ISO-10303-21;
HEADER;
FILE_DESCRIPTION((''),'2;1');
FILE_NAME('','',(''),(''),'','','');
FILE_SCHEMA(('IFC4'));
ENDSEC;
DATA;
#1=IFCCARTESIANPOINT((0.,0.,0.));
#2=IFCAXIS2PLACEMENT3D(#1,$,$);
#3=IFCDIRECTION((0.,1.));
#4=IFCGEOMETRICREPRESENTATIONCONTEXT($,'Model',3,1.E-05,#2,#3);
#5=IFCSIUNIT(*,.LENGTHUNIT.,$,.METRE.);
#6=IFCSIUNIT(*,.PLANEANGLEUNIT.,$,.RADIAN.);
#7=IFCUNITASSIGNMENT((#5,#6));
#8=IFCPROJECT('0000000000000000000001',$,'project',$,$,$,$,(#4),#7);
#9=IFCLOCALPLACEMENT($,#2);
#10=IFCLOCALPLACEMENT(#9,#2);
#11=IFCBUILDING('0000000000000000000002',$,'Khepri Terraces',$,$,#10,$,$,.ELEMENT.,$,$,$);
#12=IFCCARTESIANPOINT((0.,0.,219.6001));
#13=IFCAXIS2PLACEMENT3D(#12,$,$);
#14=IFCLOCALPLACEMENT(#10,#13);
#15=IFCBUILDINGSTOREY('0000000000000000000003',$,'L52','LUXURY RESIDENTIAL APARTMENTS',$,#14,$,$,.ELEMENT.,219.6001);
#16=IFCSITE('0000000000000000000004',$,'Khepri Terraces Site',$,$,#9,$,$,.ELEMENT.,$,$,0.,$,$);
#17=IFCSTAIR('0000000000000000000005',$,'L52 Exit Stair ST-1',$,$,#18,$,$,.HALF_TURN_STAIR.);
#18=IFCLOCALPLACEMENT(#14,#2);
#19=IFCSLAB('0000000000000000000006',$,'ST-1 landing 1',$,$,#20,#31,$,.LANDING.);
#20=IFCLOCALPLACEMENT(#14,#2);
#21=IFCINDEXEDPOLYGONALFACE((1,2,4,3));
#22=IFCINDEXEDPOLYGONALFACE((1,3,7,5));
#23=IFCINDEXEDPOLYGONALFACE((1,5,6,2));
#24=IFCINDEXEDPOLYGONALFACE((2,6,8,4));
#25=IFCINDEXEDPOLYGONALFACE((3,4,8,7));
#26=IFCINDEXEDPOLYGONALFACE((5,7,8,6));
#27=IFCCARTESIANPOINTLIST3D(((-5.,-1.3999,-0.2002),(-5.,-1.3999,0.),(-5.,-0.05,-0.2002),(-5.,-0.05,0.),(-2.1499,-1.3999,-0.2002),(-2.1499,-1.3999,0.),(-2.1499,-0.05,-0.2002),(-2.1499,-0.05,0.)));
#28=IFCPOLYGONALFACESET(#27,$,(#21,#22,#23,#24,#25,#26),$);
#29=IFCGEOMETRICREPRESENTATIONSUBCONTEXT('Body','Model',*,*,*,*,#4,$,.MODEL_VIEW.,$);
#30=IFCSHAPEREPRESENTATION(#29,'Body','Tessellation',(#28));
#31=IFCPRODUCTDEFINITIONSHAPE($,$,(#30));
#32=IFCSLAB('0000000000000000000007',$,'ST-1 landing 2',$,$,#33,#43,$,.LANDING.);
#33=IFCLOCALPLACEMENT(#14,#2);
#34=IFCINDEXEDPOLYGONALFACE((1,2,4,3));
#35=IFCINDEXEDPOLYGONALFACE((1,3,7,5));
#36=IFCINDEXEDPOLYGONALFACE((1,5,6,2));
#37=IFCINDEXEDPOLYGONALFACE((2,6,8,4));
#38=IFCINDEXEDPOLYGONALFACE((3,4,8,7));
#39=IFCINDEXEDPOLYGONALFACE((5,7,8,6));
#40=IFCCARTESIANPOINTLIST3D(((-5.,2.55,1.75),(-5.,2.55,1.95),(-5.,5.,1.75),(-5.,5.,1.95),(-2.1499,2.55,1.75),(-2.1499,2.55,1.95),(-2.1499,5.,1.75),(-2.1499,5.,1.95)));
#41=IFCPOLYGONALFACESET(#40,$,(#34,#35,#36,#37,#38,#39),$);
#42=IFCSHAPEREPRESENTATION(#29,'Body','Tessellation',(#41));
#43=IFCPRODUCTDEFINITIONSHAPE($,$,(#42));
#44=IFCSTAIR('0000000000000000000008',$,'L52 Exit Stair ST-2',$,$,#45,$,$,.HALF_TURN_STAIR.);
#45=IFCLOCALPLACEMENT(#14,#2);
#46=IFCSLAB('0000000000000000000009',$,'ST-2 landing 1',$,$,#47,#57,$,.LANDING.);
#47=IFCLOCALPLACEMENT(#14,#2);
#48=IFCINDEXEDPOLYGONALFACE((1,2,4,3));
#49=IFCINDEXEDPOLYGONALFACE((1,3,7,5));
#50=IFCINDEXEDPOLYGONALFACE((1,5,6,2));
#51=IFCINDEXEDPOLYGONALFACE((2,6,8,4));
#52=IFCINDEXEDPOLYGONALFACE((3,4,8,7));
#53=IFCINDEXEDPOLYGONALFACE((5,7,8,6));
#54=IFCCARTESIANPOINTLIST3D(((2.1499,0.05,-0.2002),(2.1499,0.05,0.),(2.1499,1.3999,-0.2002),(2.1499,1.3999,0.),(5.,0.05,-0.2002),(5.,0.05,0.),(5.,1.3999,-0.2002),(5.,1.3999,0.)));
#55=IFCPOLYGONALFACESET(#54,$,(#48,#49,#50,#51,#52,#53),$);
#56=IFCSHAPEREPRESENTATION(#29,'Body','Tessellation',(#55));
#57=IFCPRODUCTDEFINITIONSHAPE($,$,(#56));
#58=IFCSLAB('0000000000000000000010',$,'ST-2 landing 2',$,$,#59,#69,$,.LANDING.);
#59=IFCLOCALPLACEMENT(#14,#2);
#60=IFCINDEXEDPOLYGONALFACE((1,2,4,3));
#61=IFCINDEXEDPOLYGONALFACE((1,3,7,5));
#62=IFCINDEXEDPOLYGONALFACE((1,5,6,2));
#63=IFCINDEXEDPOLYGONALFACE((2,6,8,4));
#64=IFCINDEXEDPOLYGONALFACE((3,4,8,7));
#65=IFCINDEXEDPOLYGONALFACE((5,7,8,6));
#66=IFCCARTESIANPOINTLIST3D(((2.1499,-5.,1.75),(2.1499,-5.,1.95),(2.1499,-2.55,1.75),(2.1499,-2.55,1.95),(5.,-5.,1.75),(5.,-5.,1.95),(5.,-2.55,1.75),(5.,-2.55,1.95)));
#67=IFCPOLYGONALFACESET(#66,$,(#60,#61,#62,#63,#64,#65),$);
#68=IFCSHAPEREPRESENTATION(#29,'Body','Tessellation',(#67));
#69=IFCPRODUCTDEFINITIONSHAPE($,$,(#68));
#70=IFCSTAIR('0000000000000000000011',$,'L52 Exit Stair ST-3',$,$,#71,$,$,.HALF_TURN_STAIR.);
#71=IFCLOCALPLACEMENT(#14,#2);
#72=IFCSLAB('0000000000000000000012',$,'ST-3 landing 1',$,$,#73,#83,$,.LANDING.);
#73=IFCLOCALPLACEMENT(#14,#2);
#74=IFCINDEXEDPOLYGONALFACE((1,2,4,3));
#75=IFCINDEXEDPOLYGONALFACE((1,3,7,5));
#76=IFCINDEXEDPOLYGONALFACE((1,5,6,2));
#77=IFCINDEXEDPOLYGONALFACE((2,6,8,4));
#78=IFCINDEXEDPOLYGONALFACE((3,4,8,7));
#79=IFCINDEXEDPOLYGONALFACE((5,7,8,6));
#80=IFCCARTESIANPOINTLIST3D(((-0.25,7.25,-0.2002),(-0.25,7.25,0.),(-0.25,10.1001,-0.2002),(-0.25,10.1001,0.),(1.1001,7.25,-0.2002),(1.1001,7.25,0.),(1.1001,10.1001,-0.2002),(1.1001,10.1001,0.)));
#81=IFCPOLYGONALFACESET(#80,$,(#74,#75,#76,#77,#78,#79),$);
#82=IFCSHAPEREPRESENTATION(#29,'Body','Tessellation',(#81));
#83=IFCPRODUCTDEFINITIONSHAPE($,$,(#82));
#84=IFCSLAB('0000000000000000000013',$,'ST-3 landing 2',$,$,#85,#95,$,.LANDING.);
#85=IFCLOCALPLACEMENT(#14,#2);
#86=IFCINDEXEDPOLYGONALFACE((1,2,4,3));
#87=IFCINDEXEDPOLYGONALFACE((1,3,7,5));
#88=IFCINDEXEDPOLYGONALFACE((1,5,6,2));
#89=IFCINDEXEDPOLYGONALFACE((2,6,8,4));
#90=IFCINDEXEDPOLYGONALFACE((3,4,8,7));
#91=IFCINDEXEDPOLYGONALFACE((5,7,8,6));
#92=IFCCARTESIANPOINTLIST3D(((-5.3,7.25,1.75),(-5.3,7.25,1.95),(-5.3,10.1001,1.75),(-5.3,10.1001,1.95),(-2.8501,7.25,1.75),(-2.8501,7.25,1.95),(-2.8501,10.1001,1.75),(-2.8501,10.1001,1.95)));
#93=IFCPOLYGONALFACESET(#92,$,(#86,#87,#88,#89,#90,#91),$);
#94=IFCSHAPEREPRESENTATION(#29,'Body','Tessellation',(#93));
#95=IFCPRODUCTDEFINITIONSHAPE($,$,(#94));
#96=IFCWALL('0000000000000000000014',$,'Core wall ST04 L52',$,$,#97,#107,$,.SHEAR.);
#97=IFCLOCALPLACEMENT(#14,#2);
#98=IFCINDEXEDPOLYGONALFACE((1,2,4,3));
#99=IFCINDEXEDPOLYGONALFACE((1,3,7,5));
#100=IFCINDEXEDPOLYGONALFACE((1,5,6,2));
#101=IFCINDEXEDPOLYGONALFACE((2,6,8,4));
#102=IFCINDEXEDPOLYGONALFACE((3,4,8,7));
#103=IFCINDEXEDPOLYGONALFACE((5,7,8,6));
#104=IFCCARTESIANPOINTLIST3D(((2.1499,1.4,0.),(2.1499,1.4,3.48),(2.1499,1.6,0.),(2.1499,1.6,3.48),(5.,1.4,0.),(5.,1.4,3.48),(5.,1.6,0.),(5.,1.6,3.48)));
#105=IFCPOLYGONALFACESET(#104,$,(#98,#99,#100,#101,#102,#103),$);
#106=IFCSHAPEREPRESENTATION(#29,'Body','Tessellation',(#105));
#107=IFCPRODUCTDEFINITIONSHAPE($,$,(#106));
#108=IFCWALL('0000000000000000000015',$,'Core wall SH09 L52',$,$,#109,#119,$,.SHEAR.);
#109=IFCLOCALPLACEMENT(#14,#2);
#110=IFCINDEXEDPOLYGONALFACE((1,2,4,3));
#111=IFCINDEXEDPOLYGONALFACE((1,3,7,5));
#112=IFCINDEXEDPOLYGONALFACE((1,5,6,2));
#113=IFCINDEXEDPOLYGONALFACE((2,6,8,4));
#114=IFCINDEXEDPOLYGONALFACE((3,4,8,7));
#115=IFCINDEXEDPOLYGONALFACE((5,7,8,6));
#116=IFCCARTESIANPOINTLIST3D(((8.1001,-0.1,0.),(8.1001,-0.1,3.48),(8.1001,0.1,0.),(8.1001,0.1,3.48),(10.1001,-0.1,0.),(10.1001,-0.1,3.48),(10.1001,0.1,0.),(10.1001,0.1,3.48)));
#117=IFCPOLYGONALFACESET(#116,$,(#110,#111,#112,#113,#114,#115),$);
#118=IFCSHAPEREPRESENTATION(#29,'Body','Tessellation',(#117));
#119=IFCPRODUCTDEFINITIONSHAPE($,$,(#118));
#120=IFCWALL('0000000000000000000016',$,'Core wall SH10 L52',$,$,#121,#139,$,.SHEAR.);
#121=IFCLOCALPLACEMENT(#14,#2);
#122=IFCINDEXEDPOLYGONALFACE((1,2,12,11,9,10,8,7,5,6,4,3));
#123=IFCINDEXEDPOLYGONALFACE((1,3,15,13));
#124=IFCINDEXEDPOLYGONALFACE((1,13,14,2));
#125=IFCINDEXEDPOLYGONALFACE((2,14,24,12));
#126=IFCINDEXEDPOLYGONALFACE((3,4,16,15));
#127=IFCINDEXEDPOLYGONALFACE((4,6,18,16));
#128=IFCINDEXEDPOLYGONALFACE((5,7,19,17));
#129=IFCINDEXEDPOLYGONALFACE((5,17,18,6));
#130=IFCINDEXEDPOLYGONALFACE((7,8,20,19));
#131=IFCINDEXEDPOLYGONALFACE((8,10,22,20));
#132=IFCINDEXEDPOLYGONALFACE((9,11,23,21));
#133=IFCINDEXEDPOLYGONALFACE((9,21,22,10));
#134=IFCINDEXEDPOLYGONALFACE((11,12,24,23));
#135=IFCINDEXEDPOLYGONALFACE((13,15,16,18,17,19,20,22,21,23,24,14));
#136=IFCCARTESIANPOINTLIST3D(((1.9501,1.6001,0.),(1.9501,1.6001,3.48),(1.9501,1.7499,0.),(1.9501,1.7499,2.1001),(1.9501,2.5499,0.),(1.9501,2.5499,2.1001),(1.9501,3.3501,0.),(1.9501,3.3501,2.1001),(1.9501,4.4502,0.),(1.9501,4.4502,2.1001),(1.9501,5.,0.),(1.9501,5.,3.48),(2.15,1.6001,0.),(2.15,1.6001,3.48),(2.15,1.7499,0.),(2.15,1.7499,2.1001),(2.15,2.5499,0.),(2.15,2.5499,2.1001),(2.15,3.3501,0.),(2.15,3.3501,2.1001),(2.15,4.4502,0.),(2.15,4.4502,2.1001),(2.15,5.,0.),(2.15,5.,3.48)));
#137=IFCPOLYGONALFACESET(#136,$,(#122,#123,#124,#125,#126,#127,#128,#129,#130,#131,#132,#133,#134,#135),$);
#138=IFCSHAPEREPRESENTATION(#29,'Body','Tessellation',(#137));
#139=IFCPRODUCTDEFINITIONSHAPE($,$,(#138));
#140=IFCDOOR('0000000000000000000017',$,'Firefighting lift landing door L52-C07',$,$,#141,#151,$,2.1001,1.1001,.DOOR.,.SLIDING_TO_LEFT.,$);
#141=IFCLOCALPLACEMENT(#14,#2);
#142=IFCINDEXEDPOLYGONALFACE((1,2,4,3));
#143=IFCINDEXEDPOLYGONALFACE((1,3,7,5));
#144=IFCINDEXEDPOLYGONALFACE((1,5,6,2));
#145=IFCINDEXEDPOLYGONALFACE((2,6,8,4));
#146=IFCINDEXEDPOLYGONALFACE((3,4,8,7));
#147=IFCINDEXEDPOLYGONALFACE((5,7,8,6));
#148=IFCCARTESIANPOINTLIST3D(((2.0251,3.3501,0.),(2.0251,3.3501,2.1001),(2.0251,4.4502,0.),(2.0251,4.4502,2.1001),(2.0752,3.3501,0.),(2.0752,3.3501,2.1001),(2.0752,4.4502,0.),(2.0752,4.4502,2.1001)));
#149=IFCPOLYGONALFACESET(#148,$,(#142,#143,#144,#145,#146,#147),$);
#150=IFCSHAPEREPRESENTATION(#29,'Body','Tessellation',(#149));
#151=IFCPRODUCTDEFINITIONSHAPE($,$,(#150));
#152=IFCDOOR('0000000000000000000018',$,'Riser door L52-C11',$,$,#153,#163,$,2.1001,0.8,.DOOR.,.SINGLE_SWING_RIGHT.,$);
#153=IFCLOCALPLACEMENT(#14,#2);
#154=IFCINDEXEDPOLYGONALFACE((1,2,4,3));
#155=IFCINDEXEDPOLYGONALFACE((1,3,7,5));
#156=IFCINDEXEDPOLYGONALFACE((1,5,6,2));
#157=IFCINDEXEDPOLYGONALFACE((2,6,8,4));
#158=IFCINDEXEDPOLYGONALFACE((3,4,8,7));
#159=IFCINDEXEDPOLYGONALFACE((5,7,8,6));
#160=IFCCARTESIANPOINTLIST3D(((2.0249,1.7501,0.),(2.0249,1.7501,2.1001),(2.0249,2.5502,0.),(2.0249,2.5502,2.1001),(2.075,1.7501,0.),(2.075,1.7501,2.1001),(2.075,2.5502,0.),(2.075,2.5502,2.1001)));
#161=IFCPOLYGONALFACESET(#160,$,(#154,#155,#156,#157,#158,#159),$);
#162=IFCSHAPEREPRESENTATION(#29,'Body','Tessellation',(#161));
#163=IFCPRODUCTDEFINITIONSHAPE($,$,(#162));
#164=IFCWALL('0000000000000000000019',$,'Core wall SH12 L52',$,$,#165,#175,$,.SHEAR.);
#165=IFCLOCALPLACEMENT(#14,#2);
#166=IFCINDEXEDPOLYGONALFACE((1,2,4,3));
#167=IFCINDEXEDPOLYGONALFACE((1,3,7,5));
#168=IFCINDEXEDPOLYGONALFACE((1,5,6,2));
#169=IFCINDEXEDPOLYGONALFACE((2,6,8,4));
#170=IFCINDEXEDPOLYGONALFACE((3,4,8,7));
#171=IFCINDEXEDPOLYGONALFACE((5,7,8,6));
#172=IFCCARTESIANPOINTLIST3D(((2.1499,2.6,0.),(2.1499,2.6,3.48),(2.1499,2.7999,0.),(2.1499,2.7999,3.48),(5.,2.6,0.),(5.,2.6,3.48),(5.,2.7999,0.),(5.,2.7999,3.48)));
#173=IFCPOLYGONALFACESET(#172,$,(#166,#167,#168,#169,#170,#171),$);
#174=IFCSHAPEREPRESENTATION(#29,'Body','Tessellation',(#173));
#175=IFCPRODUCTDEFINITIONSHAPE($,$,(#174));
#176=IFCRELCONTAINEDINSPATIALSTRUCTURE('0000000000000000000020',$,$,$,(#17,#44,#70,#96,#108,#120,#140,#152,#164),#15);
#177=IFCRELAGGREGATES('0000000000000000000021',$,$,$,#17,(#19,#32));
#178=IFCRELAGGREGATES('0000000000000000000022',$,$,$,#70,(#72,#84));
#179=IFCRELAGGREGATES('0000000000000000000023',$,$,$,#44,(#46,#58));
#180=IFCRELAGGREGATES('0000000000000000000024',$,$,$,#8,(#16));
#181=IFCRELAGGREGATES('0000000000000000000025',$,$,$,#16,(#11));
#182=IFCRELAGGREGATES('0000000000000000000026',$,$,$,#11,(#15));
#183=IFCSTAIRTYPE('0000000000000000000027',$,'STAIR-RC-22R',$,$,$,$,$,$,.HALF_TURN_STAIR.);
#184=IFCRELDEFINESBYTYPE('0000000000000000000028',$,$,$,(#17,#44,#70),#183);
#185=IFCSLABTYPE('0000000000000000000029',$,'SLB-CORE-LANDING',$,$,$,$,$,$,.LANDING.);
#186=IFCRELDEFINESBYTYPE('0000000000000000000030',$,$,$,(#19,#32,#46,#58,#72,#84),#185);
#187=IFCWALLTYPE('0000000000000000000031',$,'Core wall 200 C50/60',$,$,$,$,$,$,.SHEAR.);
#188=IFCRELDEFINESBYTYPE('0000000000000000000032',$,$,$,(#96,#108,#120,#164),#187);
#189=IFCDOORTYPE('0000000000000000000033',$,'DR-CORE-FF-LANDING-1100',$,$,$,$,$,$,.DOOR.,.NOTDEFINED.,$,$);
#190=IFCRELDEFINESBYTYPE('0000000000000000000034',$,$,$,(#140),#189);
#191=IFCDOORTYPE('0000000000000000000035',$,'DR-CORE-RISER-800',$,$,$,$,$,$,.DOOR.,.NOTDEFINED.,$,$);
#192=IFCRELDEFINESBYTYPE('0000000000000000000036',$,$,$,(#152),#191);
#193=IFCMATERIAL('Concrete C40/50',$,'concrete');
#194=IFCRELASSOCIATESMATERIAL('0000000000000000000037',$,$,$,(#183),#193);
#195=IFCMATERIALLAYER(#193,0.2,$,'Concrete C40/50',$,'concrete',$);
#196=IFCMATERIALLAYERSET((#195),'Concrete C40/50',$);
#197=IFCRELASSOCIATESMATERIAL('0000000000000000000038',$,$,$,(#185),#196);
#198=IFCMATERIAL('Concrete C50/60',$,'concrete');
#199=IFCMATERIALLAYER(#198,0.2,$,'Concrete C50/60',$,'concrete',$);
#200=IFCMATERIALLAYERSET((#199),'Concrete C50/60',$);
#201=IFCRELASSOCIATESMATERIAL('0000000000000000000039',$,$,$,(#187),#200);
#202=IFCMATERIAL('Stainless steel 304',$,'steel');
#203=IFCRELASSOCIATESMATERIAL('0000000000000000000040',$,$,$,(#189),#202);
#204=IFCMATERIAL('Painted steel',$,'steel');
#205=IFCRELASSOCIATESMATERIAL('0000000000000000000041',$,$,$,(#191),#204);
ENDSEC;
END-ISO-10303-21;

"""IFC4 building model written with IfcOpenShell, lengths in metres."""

from ifc_helpers import new_model, si_unit, direction, frame, frame_2d, origin, place, context, subcontext, project, spatial, polyline, rectangle, outline, extrude, material, layer, layer_set, type_object, element, fill, aggregate, save


model = new_model("IFC4")

# Units and contexts
model_context = context("Model", 3, precision=1e-05, world=origin(), true_north=direction((0.0, 1.0)))
body_context = subcontext(model_context, "Body", "Model", "MODEL_VIEW")
ifc_project = project(units=[si_unit("LENGTHUNIT", "METRE"), si_unit("PLANEANGLEUNIT", "RADIAN")], contexts=[model_context])

# Site, building, storey
site_placement = place(None, origin())
site = spatial("IfcSite", under=ifc_project, at=site_placement, Name="Khepri Terraces Site", CompositionType="ELEMENT", RefElevation=0.0)
building_placement = place(site_placement, origin())
building = spatial("IfcBuilding", under=site, at=building_placement, Name="Khepri Terraces", CompositionType="ELEMENT")
storey_placement = place(building_placement, frame((0.0, 0.0, 219.6001)))
storey = spatial("IfcBuildingStorey", under=building, at=storey_placement, Name="L52", Description="LUXURY RESIDENTIAL APARTMENTS", CompositionType="ELEMENT", Elevation=219.6001)

# Stairs, slabs
ifc_material_1 = material(Name="Concrete C40/50", Category="concrete")
stair_type = type_object("IfcStairType", Name="STAIR-RC-22R", PredefinedType="HALF_TURN_STAIR", material=ifc_material_1)
stair_1_placement = place(storey_placement, origin())
stair_1 = element("IfcStair", 1, at=stair_1_placement, inside=storey, type_object=stair_type, Name="L52 Exit Stair ST-1", PredefinedType="HALF_TURN_STAIR")
ifc_layer_1 = layer(ifc_material_1, 0.2, Name="Concrete C40/50", Category="concrete")
ifc_layer_set_1 = layer_set([ifc_layer_1], Name="Concrete C40/50")
slab_type = type_object("IfcSlabType", Name="SLB-CORE-LANDING", PredefinedType="LANDING", material=ifc_layer_set_1)
slab_1_placement = place(storey_placement, frame((0.0, 0.0, -0.2002)))
slab_1 = element("IfcSlab", 2, at=slab_1_placement, type_object=slab_type, Name="ST-1 landing 1", PredefinedType="LANDING", context=body_context, shape_type="SweptSolid", body=[
    extrude(outline(polyline([(-2.1499, -1.3999), (-2.1499, -0.05), (-5.0, -0.05), (-5.0, -1.3999), (-2.1499, -1.3999)])), origin(), (0.0, 0.0, 1.0), 0.2002),
])
slab_2_placement = place(storey_placement, frame((0.0, 0.0, 1.75)))
slab_2 = element("IfcSlab", 3, at=slab_2_placement, type_object=slab_type, Name="ST-1 landing 2", PredefinedType="LANDING", context=body_context, shape_type="SweptSolid", body=[
    extrude(outline(polyline([(-2.1499, 2.55), (-2.1499, 5.0), (-5.0, 5.0), (-5.0, 2.55), (-2.1499, 2.55)])), origin(), (0.0, 0.0, 1.0), 0.2),
])
aggregate(stair_1, [slab_1, slab_2])
stair_2_placement = place(storey_placement, origin())
stair_2 = element("IfcStair", 4, at=stair_2_placement, inside=storey, type_object=stair_type, Name="L52 Exit Stair ST-2", PredefinedType="HALF_TURN_STAIR")
slab_3_placement = place(storey_placement, frame((0.0, 0.0, -0.2002)))
slab_3 = element("IfcSlab", 5, at=slab_3_placement, type_object=slab_type, Name="ST-2 landing 1", PredefinedType="LANDING", context=body_context, shape_type="SweptSolid", body=[
    extrude(outline(polyline([(2.1499, 1.3999), (2.1499, 0.05), (5.0, 0.05), (5.0, 1.3999), (2.1499, 1.3999)])), origin(), (0.0, 0.0, 1.0), 0.2002),
])
slab_4_placement = place(storey_placement, frame((0.0, 0.0, 1.75)))
slab_4 = element("IfcSlab", 6, at=slab_4_placement, type_object=slab_type, Name="ST-2 landing 2", PredefinedType="LANDING", context=body_context, shape_type="SweptSolid", body=[
    extrude(outline(polyline([(2.1499, -2.55), (2.1499, -5.0), (5.0, -5.0), (5.0, -2.55), (2.1499, -2.55)])), origin(), (0.0, 0.0, 1.0), 0.2),
])
stair_3_placement = place(storey_placement, origin())
stair_3 = element("IfcStair", 7, at=stair_3_placement, inside=storey, type_object=stair_type, Name="L52 Exit Stair ST-3", PredefinedType="HALF_TURN_STAIR")
slab_5_placement = place(storey_placement, frame((0.0, 0.0, -0.2002)))
slab_5 = element("IfcSlab", 8, at=slab_5_placement, type_object=slab_type, Name="ST-3 landing 1", PredefinedType="LANDING", context=body_context, shape_type="SweptSolid", body=[
    extrude(outline(polyline([(1.1001, 10.1001), (-0.25, 10.1001), (-0.25, 7.25), (1.1001, 7.25), (1.1001, 10.1001)])), origin(), (0.0, 0.0, 1.0), 0.2002),
])
slab_6_placement = place(storey_placement, frame((0.0, 0.0, 1.75)))
slab_6 = element("IfcSlab", 9, at=slab_6_placement, type_object=slab_type, Name="ST-3 landing 2", PredefinedType="LANDING", context=body_context, shape_type="SweptSolid", body=[
    extrude(outline(polyline([(-2.8501, 10.1001), (-5.3, 10.1001), (-5.3, 7.25), (-2.8501, 7.25), (-2.8501, 10.1001)])), origin(), (0.0, 0.0, 1.0), 0.2),
])
aggregate(stair_3, [slab_5, slab_6])

# Walls
ifc_material_2 = material(Name="Concrete C50/60", Category="concrete")
ifc_layer_2 = layer(ifc_material_2, 0.2, Name="Concrete C50/60", Category="concrete")
ifc_layer_set_2 = layer_set([ifc_layer_2], Name="Concrete C50/60")
wall_type = type_object("IfcWallType", Name="Core wall 200 C50/60", PredefinedType="SHEAR", material=ifc_layer_set_2)
wall_1_placement = place(storey_placement, frame((2.1499, 1.5, 0.0), z_axis=(0.0, 0.0, 1.0), x_axis=(1.0, 0.0, 0.0)))
element("IfcWall", 10, at=wall_1_placement, inside=storey, type_object=wall_type, Name="Core wall ST04 L52", PredefinedType="SHEAR", context=body_context, shape_type="SweptSolid", body=[
    extrude(rectangle(XDim=2.8501, YDim=0.2, at=frame_2d((1.425, 0.0))), origin(), (0.0, 0.0, 1.0), 3.48),
])
wall_2_placement = place(storey_placement, frame((8.1001, 0.0, 0.0), z_axis=(0.0, 0.0, 1.0), x_axis=(1.0, 0.0, 0.0)))
element("IfcWall", 11, at=wall_2_placement, inside=storey, type_object=wall_type, Name="Core wall SH09 L52", PredefinedType="SHEAR", context=body_context, shape_type="SweptSolid", body=[
    extrude(rectangle(XDim=2.0, YDim=0.2, at=frame_2d((1.0, 0.0))), origin(), (0.0, 0.0, 1.0), 3.48),
])

# Wall, openings, doors
wall_3_placement = place(storey_placement, frame((2.05, 1.6001, 0.0), z_axis=(0.0, 0.0, 1.0), x_axis=(0.0, 1.0, 0.0)))
wall_3 = element("IfcWall", 12, at=wall_3_placement, inside=storey, type_object=wall_type, Name="Core wall SH10 L52", PredefinedType="SHEAR", context=body_context, shape_type="SweptSolid", body=[
    extrude(rectangle(XDim=3.3999, YDim=0.2, at=frame_2d((1.7, 0.0))), origin(), (0.0, 0.0, 1.0), 3.48),
])
opening_1_placement = place(wall_3_placement, frame((1.75, 0.0, 0.0)))
opening_1 = element("IfcOpeningElement", 13, at=opening_1_placement, cuts=wall_3, PredefinedType="OPENING", context=body_context, shape_type="SweptSolid", body=[
    extrude(rectangle(XDim=1.1001, YDim=2.1001, at=frame_2d((0.55, 1.05))), frame((0.0, 0.1099, 0.0), z_axis=(0.0, -1.0, 0.0), x_axis=(1.0, 0.0, 0.0)), (0.0, 0.0, 1.0), 0.22),
])
opening_2_placement = place(wall_3_placement, frame((0.1499, 0.0, 0.0)))
opening_2 = element("IfcOpeningElement", 14, at=opening_2_placement, cuts=wall_3, PredefinedType="OPENING", context=body_context, shape_type="SweptSolid", body=[
    extrude(rectangle(XDim=0.8, YDim=2.1001, at=frame_2d((0.3999, 1.05))), frame((0.0, 0.1099, 0.0), z_axis=(0.0, -1.0, 0.0), x_axis=(1.0, 0.0, 0.0)), (0.0, 0.0, 1.0), 0.22),
])
ifc_material_3 = material(Name="Stainless steel 304", Category="steel")
door_type_1 = type_object("IfcDoorType", Name="DR-CORE-FF-LANDING-1100", OperationType="NOTDEFINED", PredefinedType="DOOR", material=ifc_material_3)
door_1_placement = place(opening_1_placement, origin())
door_1 = element("IfcDoor", 15, at=door_1_placement, inside=storey, type_object=door_type_1, Name="Firefighting lift landing door L52-C07", OperationType="SLIDING_TO_LEFT", OverallHeight=2.1001, OverallWidth=1.1001, PredefinedType="DOOR", context=body_context, shape_type="SweptSolid", body=[
    extrude(rectangle(XDim=1.1001, YDim=2.1001, at=frame_2d((0.55, 1.05))), frame((0.0, 0.0249, 0.0), z_axis=(0.0, -1.0, 0.0), x_axis=(1.0, 0.0, 0.0)), (0.0, 0.0, 1.0), 0.05),
])
fill(opening_1, door_1)
ifc_material_4 = material(Name="Painted steel", Category="steel")
door_type_2 = type_object("IfcDoorType", Name="DR-CORE-RISER-800", OperationType="NOTDEFINED", PredefinedType="DOOR", material=ifc_material_4)
door_2_placement = place(opening_2_placement, frame((0.8, 0.0, 0.0), z_axis=(0.0, 0.0, 1.0), x_axis=(-1.0, 0.0, 0.0)))
door_2 = element("IfcDoor", 16, at=door_2_placement, inside=storey, type_object=door_type_2, Name="Riser door L52-C11", OperationType="SINGLE_SWING_RIGHT", OverallHeight=2.1001, OverallWidth=0.8, PredefinedType="DOOR", context=body_context, shape_type="SweptSolid", body=[
    extrude(rectangle(XDim=0.8, YDim=2.1001, at=frame_2d((0.3999, 1.05))), frame((0.0, 0.0249, 0.0), z_axis=(0.0, -1.0, 0.0), x_axis=(1.0, 0.0, 0.0)), (0.0, 0.0, 1.0), 0.05),
])
fill(opening_2, door_2)

# Wall
wall_4_placement = place(storey_placement, frame((2.1499, 2.7, 0.0), z_axis=(0.0, 0.0, 1.0), x_axis=(1.0, 0.0, 0.0)))
element("IfcWall", 17, at=wall_4_placement, inside=storey, type_object=wall_type, Name="Core wall SH12 L52", PredefinedType="SHEAR", context=body_context, shape_type="SweptSolid", body=[
    extrude(rectangle(XDim=2.8501, YDim=0.2, at=frame_2d((1.425, 0.0))), origin(), (0.0, 0.0, 1.0), 3.48),
])

aggregate(stair_2, [slab_3, slab_4])

save(model, "model.ifc")
